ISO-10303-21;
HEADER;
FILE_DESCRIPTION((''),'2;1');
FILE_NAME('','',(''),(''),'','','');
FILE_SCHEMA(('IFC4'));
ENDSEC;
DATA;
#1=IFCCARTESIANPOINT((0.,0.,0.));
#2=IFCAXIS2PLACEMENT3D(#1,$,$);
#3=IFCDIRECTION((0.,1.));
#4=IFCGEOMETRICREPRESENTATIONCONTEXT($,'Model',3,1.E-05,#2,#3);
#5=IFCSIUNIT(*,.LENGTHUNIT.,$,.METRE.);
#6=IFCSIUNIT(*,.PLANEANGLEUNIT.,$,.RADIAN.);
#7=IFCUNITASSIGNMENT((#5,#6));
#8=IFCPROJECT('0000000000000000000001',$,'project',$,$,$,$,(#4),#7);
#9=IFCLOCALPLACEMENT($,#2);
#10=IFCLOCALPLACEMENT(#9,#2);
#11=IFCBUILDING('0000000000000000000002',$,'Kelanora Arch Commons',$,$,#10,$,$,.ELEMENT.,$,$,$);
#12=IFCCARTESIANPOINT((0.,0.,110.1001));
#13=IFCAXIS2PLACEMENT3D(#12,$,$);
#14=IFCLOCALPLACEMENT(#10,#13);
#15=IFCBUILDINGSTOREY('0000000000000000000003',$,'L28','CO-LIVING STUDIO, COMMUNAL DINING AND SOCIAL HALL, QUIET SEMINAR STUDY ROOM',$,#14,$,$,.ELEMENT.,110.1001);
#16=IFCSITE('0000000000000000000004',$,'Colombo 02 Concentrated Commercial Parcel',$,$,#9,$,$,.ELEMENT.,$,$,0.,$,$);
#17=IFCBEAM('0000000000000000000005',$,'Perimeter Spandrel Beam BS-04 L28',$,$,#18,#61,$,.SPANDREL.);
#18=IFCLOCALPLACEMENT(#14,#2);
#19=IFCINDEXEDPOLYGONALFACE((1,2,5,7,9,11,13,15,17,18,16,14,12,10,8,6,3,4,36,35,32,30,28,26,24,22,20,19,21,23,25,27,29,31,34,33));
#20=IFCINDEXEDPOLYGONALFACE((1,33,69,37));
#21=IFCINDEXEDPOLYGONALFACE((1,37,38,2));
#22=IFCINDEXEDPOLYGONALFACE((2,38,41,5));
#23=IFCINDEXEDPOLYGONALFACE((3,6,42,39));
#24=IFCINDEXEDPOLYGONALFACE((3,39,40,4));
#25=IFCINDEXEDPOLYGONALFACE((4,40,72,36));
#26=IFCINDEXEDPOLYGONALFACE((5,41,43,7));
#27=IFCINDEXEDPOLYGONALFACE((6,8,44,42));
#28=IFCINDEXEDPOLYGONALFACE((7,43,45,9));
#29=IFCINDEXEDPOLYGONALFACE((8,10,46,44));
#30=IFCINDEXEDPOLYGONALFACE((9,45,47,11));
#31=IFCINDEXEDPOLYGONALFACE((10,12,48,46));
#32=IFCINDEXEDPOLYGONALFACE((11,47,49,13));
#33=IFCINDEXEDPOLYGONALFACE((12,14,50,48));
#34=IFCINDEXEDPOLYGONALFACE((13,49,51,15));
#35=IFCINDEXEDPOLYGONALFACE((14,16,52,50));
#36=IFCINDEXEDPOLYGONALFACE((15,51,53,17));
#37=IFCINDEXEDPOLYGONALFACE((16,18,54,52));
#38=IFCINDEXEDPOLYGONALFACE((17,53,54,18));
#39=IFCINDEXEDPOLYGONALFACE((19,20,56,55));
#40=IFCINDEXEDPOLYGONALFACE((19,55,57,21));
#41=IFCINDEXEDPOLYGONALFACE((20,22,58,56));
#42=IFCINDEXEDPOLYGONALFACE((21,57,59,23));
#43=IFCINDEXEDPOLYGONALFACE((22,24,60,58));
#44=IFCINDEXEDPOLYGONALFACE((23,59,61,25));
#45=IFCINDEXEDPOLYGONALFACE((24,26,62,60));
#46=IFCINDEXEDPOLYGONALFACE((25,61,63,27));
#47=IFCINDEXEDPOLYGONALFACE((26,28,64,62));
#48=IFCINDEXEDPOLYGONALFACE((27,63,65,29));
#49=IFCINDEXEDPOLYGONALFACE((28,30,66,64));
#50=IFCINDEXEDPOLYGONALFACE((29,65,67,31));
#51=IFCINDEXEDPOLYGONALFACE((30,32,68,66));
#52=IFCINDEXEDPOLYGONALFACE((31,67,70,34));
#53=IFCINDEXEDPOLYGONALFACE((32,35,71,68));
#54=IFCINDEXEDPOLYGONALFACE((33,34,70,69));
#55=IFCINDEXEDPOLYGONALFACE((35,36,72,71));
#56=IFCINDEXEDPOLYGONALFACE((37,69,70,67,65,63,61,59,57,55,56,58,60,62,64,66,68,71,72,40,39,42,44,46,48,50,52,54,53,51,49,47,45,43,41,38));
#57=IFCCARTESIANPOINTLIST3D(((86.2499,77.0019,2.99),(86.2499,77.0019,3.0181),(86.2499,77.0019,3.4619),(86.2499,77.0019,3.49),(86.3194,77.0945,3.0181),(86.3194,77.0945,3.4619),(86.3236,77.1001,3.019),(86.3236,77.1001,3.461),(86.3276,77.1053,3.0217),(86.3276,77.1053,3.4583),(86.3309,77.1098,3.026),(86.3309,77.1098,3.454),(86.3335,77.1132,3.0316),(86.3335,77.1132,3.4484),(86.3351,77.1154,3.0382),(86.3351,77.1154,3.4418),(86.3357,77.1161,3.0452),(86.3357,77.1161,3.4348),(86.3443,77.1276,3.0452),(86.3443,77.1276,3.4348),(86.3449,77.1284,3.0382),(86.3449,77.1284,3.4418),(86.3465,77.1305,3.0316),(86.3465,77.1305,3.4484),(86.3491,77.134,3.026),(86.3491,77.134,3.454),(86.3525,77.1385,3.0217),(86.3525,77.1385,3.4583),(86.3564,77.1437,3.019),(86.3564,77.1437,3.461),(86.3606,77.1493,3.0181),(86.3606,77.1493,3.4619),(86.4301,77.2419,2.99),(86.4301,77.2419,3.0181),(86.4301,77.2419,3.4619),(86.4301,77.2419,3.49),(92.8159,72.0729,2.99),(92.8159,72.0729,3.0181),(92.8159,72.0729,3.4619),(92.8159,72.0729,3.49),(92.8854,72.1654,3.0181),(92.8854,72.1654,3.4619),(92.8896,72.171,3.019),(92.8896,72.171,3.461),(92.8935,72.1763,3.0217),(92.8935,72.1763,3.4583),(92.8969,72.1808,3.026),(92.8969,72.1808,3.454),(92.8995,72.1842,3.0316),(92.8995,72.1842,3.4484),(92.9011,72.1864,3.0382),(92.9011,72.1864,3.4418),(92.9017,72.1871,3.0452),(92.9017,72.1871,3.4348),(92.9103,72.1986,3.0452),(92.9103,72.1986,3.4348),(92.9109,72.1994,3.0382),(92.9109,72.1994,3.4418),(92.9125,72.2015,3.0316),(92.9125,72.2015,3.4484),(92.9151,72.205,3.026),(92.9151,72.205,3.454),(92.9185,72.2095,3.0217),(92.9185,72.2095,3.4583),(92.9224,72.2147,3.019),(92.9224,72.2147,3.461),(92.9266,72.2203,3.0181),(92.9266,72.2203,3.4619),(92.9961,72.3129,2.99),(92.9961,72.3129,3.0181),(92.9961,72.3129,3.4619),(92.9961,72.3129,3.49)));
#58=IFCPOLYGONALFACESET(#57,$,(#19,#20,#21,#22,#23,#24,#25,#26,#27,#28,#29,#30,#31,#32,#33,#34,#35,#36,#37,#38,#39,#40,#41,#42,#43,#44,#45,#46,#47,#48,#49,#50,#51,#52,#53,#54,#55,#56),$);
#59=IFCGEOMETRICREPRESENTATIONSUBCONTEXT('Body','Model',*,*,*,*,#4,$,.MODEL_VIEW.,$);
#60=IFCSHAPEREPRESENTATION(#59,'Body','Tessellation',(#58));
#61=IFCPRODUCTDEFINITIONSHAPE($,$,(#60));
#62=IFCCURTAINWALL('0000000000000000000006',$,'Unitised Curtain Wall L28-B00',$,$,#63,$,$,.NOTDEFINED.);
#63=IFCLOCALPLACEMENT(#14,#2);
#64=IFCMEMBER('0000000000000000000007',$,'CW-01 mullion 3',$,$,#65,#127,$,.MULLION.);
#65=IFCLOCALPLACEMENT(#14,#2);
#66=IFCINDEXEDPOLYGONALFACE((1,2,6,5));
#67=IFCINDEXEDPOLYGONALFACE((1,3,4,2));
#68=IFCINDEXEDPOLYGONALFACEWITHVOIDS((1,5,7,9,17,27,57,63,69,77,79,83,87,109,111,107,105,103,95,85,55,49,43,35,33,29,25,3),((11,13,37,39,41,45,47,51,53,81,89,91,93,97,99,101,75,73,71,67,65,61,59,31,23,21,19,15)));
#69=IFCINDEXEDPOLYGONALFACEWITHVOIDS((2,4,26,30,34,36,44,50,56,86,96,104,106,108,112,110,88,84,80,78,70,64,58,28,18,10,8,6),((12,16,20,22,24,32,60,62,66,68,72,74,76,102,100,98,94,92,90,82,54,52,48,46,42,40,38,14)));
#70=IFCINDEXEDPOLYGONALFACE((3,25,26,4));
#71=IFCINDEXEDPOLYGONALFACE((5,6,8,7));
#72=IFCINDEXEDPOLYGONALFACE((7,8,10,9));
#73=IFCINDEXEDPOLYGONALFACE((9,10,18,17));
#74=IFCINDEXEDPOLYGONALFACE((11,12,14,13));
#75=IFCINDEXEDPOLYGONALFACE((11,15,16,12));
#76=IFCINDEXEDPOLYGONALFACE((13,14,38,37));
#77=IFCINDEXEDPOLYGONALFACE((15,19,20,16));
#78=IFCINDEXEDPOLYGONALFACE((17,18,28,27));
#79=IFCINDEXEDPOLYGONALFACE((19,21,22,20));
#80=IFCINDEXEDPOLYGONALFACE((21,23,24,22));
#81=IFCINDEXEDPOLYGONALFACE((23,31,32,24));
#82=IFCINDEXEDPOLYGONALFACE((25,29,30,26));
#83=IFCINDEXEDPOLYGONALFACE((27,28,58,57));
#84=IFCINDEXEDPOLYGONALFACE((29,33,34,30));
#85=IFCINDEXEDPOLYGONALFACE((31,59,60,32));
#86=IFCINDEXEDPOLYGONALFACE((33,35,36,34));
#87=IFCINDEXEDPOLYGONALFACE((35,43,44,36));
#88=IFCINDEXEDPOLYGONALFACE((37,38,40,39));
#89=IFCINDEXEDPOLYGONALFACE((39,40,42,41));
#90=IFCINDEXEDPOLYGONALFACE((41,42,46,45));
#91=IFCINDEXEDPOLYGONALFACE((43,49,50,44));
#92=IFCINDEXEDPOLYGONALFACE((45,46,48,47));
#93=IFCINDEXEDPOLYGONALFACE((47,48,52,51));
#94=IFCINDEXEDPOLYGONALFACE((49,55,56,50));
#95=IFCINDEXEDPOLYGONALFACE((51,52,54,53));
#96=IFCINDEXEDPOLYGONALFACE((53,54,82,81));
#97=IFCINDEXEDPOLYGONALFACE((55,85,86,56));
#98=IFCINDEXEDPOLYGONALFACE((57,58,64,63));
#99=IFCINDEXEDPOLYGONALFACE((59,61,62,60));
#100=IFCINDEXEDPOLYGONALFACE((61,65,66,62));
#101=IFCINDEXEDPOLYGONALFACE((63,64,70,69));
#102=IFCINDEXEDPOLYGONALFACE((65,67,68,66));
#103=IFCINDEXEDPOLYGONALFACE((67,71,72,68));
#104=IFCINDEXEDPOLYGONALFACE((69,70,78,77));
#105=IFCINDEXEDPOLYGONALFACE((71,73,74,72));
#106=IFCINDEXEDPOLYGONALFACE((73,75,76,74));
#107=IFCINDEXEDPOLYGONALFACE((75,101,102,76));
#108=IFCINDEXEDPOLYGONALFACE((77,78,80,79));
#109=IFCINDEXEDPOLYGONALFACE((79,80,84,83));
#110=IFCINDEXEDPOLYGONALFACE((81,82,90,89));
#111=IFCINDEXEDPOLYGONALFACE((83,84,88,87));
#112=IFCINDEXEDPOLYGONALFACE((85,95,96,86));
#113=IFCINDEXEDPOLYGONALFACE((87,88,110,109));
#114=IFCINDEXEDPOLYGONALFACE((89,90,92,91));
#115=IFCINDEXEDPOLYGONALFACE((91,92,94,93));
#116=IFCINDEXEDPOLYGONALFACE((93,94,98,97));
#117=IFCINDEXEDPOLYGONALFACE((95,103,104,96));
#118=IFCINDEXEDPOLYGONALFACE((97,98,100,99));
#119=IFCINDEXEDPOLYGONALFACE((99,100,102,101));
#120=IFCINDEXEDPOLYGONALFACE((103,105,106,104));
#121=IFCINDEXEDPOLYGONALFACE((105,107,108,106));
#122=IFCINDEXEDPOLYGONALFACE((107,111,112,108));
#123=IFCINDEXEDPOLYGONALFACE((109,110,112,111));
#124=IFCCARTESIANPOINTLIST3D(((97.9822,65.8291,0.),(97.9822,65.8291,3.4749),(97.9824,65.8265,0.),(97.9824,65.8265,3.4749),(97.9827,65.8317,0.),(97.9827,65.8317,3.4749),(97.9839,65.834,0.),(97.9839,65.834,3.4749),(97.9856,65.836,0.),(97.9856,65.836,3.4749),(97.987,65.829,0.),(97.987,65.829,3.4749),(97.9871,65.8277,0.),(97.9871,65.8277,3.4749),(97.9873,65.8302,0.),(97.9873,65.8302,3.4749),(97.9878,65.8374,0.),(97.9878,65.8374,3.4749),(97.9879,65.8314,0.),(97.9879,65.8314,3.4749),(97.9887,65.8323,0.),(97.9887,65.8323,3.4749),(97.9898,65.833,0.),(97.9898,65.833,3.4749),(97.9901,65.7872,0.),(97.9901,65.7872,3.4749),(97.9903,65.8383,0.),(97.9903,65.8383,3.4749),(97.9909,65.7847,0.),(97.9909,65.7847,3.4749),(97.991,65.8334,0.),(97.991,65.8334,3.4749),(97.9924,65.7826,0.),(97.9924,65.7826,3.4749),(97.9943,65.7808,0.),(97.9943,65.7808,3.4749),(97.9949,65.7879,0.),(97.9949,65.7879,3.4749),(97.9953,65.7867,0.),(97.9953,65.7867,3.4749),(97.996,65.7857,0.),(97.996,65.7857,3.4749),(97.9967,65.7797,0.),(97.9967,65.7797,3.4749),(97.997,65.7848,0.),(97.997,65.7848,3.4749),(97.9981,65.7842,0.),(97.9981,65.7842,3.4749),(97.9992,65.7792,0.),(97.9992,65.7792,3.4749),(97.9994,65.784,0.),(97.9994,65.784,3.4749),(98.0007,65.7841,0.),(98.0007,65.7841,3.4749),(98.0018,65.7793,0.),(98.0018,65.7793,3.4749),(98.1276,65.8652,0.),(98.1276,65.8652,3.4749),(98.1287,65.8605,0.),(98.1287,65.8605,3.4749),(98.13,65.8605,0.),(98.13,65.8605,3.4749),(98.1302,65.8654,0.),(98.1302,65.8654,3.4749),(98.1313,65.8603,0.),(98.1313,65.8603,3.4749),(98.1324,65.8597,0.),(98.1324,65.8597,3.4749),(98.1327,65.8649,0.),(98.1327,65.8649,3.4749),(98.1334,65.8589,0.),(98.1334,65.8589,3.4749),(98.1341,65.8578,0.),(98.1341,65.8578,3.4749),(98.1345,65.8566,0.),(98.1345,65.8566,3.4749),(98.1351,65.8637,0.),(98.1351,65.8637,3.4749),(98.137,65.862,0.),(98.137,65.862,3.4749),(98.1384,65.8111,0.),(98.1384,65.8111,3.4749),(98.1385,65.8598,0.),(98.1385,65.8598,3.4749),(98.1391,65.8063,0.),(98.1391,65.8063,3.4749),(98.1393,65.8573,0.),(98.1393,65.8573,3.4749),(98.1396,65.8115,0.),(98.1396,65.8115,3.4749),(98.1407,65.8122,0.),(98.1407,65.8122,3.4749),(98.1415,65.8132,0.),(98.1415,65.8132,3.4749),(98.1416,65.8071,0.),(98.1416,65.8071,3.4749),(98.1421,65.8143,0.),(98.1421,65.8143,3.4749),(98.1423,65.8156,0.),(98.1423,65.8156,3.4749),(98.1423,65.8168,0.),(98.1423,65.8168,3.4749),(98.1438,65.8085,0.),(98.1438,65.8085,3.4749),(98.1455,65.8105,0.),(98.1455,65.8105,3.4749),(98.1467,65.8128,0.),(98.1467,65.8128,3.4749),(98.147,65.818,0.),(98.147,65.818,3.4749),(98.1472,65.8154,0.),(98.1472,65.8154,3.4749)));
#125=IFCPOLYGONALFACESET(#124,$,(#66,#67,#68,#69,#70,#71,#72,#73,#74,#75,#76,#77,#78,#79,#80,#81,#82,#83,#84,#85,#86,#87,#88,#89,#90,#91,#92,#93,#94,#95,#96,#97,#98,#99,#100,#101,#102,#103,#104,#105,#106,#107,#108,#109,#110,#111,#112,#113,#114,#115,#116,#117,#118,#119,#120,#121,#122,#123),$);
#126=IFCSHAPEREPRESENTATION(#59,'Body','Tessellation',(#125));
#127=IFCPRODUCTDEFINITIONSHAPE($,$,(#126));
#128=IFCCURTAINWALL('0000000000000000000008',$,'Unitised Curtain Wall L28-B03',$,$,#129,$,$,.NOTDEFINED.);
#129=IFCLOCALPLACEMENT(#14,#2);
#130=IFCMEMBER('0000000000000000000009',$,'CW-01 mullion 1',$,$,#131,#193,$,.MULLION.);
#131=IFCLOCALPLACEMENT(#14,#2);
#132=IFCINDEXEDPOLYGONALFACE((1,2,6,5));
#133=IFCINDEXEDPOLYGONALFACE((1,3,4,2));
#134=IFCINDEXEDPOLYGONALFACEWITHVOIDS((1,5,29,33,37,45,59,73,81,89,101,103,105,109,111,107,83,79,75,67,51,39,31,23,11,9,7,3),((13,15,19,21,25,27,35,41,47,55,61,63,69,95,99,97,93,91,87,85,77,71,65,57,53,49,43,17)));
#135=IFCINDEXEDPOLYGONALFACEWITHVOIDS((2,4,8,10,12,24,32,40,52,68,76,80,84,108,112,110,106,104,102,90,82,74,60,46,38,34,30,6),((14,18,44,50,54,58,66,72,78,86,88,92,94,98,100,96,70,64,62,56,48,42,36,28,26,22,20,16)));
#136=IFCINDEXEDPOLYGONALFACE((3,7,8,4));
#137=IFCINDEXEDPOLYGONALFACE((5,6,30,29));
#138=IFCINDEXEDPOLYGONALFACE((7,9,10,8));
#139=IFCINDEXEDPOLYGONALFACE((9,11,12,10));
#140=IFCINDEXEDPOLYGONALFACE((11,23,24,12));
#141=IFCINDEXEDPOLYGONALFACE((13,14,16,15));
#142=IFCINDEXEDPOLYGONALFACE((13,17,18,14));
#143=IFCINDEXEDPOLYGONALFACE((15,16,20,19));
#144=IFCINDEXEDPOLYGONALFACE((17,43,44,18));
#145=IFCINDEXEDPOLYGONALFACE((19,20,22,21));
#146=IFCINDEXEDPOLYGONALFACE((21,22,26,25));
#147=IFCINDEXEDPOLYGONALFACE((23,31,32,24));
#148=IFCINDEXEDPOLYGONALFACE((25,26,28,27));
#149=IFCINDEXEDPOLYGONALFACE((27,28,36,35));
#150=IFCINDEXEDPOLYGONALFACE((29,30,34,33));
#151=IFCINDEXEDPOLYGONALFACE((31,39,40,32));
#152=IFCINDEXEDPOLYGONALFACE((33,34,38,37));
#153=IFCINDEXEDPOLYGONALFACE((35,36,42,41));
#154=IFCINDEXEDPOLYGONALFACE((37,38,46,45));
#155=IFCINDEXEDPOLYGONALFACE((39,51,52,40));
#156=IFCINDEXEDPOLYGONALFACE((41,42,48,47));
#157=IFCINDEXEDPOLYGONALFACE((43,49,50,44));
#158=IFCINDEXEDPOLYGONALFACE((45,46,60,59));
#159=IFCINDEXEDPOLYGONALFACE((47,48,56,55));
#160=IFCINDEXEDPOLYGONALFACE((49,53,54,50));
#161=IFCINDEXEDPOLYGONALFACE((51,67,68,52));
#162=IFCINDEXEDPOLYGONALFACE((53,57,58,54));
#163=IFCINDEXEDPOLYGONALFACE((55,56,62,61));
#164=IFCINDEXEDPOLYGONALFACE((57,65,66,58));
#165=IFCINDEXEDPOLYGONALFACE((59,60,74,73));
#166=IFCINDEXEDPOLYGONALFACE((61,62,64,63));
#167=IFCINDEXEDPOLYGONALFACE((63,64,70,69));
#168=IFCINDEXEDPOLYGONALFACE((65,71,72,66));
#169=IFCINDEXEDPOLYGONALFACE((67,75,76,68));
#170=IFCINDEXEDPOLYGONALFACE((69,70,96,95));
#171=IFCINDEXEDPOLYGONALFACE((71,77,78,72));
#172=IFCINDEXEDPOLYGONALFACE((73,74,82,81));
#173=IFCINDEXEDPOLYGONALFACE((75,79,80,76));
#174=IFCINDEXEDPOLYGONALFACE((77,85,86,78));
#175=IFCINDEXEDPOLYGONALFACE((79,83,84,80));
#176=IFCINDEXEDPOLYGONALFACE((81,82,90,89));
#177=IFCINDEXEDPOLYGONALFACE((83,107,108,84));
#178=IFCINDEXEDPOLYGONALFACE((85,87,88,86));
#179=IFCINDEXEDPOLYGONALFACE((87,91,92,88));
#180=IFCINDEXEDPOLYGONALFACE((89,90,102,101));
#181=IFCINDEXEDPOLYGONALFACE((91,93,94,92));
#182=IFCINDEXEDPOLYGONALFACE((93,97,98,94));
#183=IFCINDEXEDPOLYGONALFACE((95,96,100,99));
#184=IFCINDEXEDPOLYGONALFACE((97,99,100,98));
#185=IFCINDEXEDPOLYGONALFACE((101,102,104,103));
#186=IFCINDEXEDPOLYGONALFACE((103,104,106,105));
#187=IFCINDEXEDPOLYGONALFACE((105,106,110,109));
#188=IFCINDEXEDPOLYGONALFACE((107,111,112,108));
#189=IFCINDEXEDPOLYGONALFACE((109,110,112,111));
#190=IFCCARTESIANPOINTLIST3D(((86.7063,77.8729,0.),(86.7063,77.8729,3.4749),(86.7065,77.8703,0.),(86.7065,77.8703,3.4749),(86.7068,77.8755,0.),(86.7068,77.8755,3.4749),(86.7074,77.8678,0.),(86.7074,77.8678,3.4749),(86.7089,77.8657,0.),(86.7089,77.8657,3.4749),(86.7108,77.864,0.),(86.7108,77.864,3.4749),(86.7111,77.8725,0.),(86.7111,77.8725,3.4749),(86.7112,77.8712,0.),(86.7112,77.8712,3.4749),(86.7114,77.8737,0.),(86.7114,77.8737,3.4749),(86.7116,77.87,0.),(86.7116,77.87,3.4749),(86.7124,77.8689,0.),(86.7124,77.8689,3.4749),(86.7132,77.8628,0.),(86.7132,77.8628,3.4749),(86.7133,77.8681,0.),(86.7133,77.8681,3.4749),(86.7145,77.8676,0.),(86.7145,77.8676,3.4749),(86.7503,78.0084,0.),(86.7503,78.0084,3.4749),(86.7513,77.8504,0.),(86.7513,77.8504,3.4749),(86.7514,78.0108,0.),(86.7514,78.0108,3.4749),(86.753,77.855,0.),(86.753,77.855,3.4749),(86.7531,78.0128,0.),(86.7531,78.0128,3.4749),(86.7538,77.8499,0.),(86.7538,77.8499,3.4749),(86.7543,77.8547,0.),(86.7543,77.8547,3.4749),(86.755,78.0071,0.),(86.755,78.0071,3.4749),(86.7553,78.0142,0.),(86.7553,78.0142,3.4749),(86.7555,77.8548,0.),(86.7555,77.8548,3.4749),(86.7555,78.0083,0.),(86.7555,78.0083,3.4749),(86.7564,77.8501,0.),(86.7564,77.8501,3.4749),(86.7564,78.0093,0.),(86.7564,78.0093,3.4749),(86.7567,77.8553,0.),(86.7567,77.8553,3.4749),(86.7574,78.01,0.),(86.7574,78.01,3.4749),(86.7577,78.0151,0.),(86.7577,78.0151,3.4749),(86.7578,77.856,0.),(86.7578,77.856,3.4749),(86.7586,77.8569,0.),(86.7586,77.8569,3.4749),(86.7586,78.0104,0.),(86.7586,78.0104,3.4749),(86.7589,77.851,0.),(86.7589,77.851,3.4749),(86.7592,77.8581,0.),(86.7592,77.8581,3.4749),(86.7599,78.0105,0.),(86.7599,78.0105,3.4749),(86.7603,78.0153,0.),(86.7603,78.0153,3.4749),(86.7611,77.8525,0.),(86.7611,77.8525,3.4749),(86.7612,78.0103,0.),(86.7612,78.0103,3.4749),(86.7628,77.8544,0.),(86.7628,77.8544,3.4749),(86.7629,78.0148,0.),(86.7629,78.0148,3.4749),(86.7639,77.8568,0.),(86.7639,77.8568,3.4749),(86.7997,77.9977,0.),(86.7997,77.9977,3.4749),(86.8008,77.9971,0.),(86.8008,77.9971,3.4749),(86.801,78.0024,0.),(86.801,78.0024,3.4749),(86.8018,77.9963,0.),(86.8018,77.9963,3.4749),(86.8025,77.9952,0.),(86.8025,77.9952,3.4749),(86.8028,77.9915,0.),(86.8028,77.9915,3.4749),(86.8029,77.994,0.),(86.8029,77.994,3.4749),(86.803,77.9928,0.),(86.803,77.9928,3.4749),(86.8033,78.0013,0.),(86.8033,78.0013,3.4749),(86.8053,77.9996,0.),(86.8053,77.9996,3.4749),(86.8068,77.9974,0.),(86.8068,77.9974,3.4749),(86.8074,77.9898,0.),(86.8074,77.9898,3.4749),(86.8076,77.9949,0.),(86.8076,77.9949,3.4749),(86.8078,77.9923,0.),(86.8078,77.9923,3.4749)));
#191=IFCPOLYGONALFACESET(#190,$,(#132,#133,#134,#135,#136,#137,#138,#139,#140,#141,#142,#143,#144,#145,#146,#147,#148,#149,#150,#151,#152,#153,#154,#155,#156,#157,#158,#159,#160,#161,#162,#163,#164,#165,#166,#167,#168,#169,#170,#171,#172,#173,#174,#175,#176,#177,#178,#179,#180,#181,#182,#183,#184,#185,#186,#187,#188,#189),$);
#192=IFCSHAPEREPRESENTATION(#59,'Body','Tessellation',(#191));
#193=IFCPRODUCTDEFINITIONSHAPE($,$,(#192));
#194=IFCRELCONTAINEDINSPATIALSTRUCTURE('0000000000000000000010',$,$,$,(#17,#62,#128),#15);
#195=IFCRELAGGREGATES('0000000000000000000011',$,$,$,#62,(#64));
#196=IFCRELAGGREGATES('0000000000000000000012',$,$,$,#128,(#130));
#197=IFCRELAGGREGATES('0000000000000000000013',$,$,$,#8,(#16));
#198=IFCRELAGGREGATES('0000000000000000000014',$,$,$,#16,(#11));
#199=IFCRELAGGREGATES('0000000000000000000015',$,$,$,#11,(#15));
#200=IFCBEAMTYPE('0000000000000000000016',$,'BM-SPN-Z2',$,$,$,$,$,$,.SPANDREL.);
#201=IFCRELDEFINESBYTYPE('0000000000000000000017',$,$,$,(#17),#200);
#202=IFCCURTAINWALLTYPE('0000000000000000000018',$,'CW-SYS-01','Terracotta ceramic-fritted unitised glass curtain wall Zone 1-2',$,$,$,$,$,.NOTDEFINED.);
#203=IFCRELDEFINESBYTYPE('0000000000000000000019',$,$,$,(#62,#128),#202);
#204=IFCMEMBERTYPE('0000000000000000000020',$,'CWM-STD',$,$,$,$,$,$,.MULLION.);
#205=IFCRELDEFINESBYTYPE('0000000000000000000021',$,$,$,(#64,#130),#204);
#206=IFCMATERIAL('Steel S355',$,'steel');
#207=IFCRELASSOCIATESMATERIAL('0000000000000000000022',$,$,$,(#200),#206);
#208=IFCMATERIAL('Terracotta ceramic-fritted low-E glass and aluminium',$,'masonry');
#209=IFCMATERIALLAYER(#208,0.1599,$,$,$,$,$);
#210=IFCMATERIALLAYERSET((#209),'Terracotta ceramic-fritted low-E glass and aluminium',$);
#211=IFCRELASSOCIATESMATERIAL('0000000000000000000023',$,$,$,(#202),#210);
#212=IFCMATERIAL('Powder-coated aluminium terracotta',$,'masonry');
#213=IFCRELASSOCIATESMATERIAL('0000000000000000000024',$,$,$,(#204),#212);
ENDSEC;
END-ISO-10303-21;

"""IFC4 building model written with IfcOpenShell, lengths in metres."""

from ifc_helpers import new_model, si_unit, direction, frame, origin, origin_2d, place, context, subcontext, project, spatial, hollow_rectangle, i_section, extrude, material, layer, layer_set, material_profile, profile_set, type_object, element, aggregate, save


model = new_model("IFC4")

# Units and contexts
model_context = context("Model", 3, precision=1e-05, world=origin(), true_north=direction((0.0, 1.0)))
body_context = subcontext(model_context, "Body", "Model", "MODEL_VIEW")
ifc_project = project(units=[si_unit("LENGTHUNIT", "METRE"), si_unit("PLANEANGLEUNIT", "RADIAN")], contexts=[model_context])

# Site, building, storey
site_placement = place(None, origin())
site = spatial("IfcSite", under=ifc_project, at=site_placement, Name="Colombo 02 Concentrated Commercial Parcel", CompositionType="ELEMENT", RefElevation=0.0)
building_placement = place(site_placement, origin())
building = spatial("IfcBuilding", under=site, at=building_placement, Name="Kelanora Arch Commons", CompositionType="ELEMENT")
storey_placement = place(building_placement, frame((0.0, 0.0, 110.1001)))
storey = spatial("IfcBuildingStorey", under=building, at=storey_placement, Name="L28", Description="CO-LIVING STUDIO, COMMUNAL DINING AND SOCIAL HALL, QUIET SEMINAR STUDY ROOM", CompositionType="ELEMENT", Elevation=110.1001)

# Beam
ifc_material_1 = material(Name="Steel S355", Category="steel")
ifc_material_profile_1 = material_profile(ifc_material_1, i_section(OverallWidth=0.3, OverallDepth=0.5, WebThickness=0.0144, FlangeThickness=0.0281, FilletRadius=0.0271, at=origin_2d()), Name="HEB500")
ifc_profile_set_1 = profile_set([ifc_material_profile_1], Name="Steel S355")
beam_type_1 = type_object("IfcBeamType", Name="BM-SPN-Z2", PredefinedType="SPANDREL", material=ifc_profile_set_1)
beam_1_placement = place(storey_placement, frame((92.906, 72.1929, 3.24), z_axis=(-0.799736, 0.600352, 0.0), x_axis=(-0.600352, -0.799736, 0.0)))
element("IfcBeam", 1, at=beam_1_placement, inside=storey, type_object=beam_type_1, Name="Perimeter Spandrel Beam BS-04 L28", PredefinedType="SPANDREL", context=body_context, shape_type="SweptSolid", body=[
    extrude(i_section(OverallWidth=0.3, OverallDepth=0.5, WebThickness=0.0144, FlangeThickness=0.0281, FilletRadius=0.0271, at=origin_2d()), origin(), (0.0, 0.0, 1.0), 8.2102),
])

# Curtain wall, member
ifc_material_2 = material(Name="Terracotta ceramic-fritted low-E glass and aluminium", Category="masonry")
ifc_layer_1 = layer(ifc_material_2, 0.1599)
ifc_layer_set_1 = layer_set([ifc_layer_1], Name="Terracotta ceramic-fritted low-E glass and aluminium")
curtain_wall_type = type_object("IfcCurtainWallType", Name="CW-SYS-01", Description="Terracotta ceramic-fritted unitised glass curtain wall Zone 1-2", PredefinedType="NOTDEFINED", material=ifc_layer_set_1)
curtain_wall_1_placement = place(storey_placement, origin())
curtain_wall_1 = element("IfcCurtainWall", 2, at=curtain_wall_1_placement, inside=storey, type_object=curtain_wall_type, Name="Unitised Curtain Wall L28-B00", PredefinedType="NOTDEFINED")
ifc_material_3 = material(Name="Powder-coated aluminium terracotta", Category="masonry")
ifc_material_profile_2 = material_profile(ifc_material_3, hollow_rectangle(XDim=0.1599, YDim=0.0601, WallThickness=0.0049, InnerFilletRadius=0.0049, OuterFilletRadius=0.01, at=origin_2d()), Name="CWM160x60")
ifc_profile_set_2 = profile_set([ifc_material_profile_2], Name="Powder-coated aluminium terracotta")
member_type_1 = type_object("IfcMemberType", Name="CWM-STD", PredefinedType="MULLION", material=ifc_profile_set_2)
member_1_placement = place(storey_placement, frame((98.0647, 65.8223, 0.0), z_axis=(0.0, 0.0, 1.0), x_axis=(-0.98128, -0.192585, 0.0)))
member_1 = element("IfcMember", 3, at=member_1_placement, type_object=member_type_1, Name="CW-01 mullion 3", PredefinedType="MULLION", context=body_context, shape_type="SweptSolid", body=[
    extrude(hollow_rectangle(XDim=0.1599, YDim=0.0601, WallThickness=0.0049, InnerFilletRadius=0.0049, OuterFilletRadius=0.01, at=origin_2d()), origin(), (0.0, 0.0, 1.0), 3.4749),
])
aggregate(curtain_wall_1, [member_1])

# Curtain wall, member
curtain_wall_2_placement = place(storey_placement, origin())
curtain_wall_2 = element("IfcCurtainWall", 4, at=curtain_wall_2_placement, inside=storey, type_object=curtain_wall_type, Name="Unitised Curtain Wall L28-B03", PredefinedType="NOTDEFINED")
member_2_placement = place(storey_placement, frame((86.7571, 77.9326, 0.0), z_axis=(0.0, 0.0, 1.0), x_axis=(-0.310805, -0.950474, 0.0)))
member_2 = element("IfcMember", 5, at=member_2_placement, type_object=member_type_1, Name="CW-01 mullion 1", PredefinedType="MULLION", context=body_context, shape_type="SweptSolid", body=[
    extrude(hollow_rectangle(XDim=0.1599, YDim=0.0601, WallThickness=0.0049, InnerFilletRadius=0.0049, OuterFilletRadius=0.01, at=origin_2d()), origin(), (0.0, 0.0, 1.0), 3.4749),
])
aggregate(curtain_wall_2, [member_2])

save(model, "model.ifc")
